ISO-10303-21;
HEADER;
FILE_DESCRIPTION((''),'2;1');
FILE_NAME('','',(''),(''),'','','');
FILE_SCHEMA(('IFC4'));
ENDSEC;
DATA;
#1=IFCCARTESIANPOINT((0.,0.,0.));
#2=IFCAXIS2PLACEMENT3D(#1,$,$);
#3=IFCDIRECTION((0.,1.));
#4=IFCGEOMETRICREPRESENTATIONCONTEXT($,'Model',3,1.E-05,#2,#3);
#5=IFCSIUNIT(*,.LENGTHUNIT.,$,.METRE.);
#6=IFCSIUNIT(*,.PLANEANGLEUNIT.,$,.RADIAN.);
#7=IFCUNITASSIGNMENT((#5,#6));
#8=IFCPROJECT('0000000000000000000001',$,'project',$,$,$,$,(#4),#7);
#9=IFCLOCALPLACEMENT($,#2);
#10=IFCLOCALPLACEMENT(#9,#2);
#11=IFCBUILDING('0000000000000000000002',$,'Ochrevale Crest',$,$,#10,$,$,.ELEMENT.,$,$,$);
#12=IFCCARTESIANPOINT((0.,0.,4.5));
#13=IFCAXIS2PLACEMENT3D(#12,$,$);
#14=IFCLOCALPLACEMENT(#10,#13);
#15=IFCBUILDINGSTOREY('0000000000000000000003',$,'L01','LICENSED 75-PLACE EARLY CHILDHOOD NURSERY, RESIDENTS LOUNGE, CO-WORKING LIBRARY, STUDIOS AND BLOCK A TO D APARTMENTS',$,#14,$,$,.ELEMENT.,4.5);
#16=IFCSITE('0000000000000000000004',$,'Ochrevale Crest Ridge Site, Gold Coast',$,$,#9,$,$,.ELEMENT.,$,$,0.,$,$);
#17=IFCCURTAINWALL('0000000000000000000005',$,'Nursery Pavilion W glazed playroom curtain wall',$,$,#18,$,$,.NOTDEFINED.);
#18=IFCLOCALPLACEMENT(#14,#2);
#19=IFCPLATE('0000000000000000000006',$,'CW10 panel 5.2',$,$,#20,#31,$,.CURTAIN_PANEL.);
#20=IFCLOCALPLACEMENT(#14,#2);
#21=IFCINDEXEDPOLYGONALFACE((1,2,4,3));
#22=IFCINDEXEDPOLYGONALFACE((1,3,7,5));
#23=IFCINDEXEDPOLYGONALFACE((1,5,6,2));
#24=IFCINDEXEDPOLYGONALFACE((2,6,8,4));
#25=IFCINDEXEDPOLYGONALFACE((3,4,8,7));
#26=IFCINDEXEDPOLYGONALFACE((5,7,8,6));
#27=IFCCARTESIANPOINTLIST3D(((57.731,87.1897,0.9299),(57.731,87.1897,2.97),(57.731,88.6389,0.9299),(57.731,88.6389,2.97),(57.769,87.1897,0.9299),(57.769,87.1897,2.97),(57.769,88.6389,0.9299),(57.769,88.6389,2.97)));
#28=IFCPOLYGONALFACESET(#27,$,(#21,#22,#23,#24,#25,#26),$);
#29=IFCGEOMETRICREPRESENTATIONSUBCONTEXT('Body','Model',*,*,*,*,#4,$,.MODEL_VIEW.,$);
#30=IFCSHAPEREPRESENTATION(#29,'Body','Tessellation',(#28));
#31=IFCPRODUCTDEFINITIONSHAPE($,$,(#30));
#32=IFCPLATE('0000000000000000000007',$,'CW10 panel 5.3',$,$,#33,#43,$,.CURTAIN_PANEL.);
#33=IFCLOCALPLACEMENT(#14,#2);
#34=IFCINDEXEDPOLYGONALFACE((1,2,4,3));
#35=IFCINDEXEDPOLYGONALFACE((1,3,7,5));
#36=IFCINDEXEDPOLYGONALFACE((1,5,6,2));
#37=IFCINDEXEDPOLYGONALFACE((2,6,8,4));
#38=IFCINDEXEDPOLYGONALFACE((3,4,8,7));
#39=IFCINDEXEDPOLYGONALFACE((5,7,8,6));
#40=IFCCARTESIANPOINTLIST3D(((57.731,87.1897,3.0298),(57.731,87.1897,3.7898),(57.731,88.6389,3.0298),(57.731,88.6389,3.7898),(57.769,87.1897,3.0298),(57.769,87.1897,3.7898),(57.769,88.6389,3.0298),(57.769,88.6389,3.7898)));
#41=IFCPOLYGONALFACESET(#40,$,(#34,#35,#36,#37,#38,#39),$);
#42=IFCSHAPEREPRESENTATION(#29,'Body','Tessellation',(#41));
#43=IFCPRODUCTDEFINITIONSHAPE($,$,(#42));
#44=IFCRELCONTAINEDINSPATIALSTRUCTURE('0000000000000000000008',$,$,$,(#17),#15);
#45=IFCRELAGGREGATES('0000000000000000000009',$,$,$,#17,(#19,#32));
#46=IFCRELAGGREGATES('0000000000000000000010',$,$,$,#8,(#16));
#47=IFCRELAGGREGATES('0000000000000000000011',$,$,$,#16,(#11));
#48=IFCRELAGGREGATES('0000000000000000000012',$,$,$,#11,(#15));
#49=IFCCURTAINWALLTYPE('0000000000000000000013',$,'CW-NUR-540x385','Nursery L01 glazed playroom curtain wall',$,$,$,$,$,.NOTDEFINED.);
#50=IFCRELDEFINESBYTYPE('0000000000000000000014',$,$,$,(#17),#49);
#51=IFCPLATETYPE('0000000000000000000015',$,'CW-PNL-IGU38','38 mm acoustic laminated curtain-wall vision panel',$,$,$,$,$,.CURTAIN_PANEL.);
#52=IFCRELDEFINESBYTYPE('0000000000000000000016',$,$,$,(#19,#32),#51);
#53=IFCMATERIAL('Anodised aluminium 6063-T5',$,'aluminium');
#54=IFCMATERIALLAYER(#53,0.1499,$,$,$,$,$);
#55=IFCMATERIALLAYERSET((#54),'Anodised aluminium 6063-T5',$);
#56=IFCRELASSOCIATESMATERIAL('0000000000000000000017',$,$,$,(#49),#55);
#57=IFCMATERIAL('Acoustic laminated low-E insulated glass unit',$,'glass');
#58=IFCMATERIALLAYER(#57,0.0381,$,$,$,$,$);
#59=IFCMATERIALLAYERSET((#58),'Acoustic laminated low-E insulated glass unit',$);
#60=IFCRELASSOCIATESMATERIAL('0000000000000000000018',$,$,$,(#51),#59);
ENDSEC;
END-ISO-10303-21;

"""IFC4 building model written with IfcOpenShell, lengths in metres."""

from ifc_helpers import new_model, si_unit, direction, frame, origin, origin_2d, place, context, subcontext, project, spatial, rectangle, extrude, material, layer, layer_set, type_object, element, aggregate, save


model = new_model("IFC4")

# Units and contexts
model_context = context("Model", 3, precision=1e-05, world=origin(), true_north=direction((0.0, 1.0)))
body_context = subcontext(model_context, "Body", "Model", "MODEL_VIEW")
ifc_project = project(units=[si_unit("LENGTHUNIT", "METRE"), si_unit("PLANEANGLEUNIT", "RADIAN")], contexts=[model_context])

# Site, building, storey
site_placement = place(None, origin())
site = spatial("IfcSite", under=ifc_project, at=site_placement, Name="Ochrevale Crest Ridge Site, Gold Coast", CompositionType="ELEMENT", RefElevation=0.0)
building_placement = place(site_placement, origin())
building = spatial("IfcBuilding", under=site, at=building_placement, Name="Ochrevale Crest", CompositionType="ELEMENT")
storey_placement = place(building_placement, frame((0.0, 0.0, 4.5)))
storey = spatial("IfcBuildingStorey", under=building, at=storey_placement, Name="L01", Description="LICENSED 75-PLACE EARLY CHILDHOOD NURSERY, RESIDENTS LOUNGE, CO-WORKING LIBRARY, STUDIOS AND BLOCK A TO D APARTMENTS", CompositionType="ELEMENT", Elevation=4.5)

# Curtain wall, plates
ifc_material_1 = material(Name="Anodised aluminium 6063-T5", Category="aluminium")
ifc_layer_1 = layer(ifc_material_1, 0.1499)
ifc_layer_set_1 = layer_set([ifc_layer_1], Name="Anodised aluminium 6063-T5")
curtain_wall_type = type_object("IfcCurtainWallType", Name="CW-NUR-540x385", Description="Nursery L01 glazed playroom curtain wall", PredefinedType="NOTDEFINED", material=ifc_layer_set_1)
curtain_wall_placement = place(storey_placement, origin())
curtain_wall = element("IfcCurtainWall", 1, at=curtain_wall_placement, inside=storey, type_object=curtain_wall_type, Name="Nursery Pavilion W glazed playroom curtain wall", PredefinedType="NOTDEFINED")
ifc_material_2 = material(Name="Acoustic laminated low-E insulated glass unit", Category="glass")
ifc_layer_2 = layer(ifc_material_2, 0.0381)
ifc_layer_set_2 = layer_set([ifc_layer_2], Name="Acoustic laminated low-E insulated glass unit")
plate_type = type_object("IfcPlateType", Name="CW-PNL-IGU38", Description="38 mm acoustic laminated curtain-wall vision panel", PredefinedType="CURTAIN_PANEL", material=ifc_layer_set_2)
plate_1_placement = place(storey_placement, frame((57.75, 87.9143, 0.9299), z_axis=(0.0, 0.0, 1.0), x_axis=(0.0, 1.0, 0.0)))
plate_1 = element("IfcPlate", 2, at=plate_1_placement, type_object=plate_type, Name="CW10 panel 5.2", PredefinedType="CURTAIN_PANEL", context=body_context, shape_type="SweptSolid", body=[
    extrude(rectangle(XDim=1.4492, YDim=0.0381, at=origin_2d()), origin(), (0.0, 0.0, 1.0), 2.04),
])
plate_2_placement = place(storey_placement, frame((57.75, 87.9143, 3.0298), z_axis=(0.0, 0.0, 1.0), x_axis=(0.0, 1.0, 0.0)))
plate_2 = element("IfcPlate", 3, at=plate_2_placement, type_object=plate_type, Name="CW10 panel 5.3", PredefinedType="CURTAIN_PANEL", context=body_context, shape_type="SweptSolid", body=[
    extrude(rectangle(XDim=1.4492, YDim=0.0381, at=origin_2d()), origin(), (0.0, 0.0, 1.0), 0.76),
])
aggregate(curtain_wall, [plate_1, plate_2])

save(model, "model.ifc")
